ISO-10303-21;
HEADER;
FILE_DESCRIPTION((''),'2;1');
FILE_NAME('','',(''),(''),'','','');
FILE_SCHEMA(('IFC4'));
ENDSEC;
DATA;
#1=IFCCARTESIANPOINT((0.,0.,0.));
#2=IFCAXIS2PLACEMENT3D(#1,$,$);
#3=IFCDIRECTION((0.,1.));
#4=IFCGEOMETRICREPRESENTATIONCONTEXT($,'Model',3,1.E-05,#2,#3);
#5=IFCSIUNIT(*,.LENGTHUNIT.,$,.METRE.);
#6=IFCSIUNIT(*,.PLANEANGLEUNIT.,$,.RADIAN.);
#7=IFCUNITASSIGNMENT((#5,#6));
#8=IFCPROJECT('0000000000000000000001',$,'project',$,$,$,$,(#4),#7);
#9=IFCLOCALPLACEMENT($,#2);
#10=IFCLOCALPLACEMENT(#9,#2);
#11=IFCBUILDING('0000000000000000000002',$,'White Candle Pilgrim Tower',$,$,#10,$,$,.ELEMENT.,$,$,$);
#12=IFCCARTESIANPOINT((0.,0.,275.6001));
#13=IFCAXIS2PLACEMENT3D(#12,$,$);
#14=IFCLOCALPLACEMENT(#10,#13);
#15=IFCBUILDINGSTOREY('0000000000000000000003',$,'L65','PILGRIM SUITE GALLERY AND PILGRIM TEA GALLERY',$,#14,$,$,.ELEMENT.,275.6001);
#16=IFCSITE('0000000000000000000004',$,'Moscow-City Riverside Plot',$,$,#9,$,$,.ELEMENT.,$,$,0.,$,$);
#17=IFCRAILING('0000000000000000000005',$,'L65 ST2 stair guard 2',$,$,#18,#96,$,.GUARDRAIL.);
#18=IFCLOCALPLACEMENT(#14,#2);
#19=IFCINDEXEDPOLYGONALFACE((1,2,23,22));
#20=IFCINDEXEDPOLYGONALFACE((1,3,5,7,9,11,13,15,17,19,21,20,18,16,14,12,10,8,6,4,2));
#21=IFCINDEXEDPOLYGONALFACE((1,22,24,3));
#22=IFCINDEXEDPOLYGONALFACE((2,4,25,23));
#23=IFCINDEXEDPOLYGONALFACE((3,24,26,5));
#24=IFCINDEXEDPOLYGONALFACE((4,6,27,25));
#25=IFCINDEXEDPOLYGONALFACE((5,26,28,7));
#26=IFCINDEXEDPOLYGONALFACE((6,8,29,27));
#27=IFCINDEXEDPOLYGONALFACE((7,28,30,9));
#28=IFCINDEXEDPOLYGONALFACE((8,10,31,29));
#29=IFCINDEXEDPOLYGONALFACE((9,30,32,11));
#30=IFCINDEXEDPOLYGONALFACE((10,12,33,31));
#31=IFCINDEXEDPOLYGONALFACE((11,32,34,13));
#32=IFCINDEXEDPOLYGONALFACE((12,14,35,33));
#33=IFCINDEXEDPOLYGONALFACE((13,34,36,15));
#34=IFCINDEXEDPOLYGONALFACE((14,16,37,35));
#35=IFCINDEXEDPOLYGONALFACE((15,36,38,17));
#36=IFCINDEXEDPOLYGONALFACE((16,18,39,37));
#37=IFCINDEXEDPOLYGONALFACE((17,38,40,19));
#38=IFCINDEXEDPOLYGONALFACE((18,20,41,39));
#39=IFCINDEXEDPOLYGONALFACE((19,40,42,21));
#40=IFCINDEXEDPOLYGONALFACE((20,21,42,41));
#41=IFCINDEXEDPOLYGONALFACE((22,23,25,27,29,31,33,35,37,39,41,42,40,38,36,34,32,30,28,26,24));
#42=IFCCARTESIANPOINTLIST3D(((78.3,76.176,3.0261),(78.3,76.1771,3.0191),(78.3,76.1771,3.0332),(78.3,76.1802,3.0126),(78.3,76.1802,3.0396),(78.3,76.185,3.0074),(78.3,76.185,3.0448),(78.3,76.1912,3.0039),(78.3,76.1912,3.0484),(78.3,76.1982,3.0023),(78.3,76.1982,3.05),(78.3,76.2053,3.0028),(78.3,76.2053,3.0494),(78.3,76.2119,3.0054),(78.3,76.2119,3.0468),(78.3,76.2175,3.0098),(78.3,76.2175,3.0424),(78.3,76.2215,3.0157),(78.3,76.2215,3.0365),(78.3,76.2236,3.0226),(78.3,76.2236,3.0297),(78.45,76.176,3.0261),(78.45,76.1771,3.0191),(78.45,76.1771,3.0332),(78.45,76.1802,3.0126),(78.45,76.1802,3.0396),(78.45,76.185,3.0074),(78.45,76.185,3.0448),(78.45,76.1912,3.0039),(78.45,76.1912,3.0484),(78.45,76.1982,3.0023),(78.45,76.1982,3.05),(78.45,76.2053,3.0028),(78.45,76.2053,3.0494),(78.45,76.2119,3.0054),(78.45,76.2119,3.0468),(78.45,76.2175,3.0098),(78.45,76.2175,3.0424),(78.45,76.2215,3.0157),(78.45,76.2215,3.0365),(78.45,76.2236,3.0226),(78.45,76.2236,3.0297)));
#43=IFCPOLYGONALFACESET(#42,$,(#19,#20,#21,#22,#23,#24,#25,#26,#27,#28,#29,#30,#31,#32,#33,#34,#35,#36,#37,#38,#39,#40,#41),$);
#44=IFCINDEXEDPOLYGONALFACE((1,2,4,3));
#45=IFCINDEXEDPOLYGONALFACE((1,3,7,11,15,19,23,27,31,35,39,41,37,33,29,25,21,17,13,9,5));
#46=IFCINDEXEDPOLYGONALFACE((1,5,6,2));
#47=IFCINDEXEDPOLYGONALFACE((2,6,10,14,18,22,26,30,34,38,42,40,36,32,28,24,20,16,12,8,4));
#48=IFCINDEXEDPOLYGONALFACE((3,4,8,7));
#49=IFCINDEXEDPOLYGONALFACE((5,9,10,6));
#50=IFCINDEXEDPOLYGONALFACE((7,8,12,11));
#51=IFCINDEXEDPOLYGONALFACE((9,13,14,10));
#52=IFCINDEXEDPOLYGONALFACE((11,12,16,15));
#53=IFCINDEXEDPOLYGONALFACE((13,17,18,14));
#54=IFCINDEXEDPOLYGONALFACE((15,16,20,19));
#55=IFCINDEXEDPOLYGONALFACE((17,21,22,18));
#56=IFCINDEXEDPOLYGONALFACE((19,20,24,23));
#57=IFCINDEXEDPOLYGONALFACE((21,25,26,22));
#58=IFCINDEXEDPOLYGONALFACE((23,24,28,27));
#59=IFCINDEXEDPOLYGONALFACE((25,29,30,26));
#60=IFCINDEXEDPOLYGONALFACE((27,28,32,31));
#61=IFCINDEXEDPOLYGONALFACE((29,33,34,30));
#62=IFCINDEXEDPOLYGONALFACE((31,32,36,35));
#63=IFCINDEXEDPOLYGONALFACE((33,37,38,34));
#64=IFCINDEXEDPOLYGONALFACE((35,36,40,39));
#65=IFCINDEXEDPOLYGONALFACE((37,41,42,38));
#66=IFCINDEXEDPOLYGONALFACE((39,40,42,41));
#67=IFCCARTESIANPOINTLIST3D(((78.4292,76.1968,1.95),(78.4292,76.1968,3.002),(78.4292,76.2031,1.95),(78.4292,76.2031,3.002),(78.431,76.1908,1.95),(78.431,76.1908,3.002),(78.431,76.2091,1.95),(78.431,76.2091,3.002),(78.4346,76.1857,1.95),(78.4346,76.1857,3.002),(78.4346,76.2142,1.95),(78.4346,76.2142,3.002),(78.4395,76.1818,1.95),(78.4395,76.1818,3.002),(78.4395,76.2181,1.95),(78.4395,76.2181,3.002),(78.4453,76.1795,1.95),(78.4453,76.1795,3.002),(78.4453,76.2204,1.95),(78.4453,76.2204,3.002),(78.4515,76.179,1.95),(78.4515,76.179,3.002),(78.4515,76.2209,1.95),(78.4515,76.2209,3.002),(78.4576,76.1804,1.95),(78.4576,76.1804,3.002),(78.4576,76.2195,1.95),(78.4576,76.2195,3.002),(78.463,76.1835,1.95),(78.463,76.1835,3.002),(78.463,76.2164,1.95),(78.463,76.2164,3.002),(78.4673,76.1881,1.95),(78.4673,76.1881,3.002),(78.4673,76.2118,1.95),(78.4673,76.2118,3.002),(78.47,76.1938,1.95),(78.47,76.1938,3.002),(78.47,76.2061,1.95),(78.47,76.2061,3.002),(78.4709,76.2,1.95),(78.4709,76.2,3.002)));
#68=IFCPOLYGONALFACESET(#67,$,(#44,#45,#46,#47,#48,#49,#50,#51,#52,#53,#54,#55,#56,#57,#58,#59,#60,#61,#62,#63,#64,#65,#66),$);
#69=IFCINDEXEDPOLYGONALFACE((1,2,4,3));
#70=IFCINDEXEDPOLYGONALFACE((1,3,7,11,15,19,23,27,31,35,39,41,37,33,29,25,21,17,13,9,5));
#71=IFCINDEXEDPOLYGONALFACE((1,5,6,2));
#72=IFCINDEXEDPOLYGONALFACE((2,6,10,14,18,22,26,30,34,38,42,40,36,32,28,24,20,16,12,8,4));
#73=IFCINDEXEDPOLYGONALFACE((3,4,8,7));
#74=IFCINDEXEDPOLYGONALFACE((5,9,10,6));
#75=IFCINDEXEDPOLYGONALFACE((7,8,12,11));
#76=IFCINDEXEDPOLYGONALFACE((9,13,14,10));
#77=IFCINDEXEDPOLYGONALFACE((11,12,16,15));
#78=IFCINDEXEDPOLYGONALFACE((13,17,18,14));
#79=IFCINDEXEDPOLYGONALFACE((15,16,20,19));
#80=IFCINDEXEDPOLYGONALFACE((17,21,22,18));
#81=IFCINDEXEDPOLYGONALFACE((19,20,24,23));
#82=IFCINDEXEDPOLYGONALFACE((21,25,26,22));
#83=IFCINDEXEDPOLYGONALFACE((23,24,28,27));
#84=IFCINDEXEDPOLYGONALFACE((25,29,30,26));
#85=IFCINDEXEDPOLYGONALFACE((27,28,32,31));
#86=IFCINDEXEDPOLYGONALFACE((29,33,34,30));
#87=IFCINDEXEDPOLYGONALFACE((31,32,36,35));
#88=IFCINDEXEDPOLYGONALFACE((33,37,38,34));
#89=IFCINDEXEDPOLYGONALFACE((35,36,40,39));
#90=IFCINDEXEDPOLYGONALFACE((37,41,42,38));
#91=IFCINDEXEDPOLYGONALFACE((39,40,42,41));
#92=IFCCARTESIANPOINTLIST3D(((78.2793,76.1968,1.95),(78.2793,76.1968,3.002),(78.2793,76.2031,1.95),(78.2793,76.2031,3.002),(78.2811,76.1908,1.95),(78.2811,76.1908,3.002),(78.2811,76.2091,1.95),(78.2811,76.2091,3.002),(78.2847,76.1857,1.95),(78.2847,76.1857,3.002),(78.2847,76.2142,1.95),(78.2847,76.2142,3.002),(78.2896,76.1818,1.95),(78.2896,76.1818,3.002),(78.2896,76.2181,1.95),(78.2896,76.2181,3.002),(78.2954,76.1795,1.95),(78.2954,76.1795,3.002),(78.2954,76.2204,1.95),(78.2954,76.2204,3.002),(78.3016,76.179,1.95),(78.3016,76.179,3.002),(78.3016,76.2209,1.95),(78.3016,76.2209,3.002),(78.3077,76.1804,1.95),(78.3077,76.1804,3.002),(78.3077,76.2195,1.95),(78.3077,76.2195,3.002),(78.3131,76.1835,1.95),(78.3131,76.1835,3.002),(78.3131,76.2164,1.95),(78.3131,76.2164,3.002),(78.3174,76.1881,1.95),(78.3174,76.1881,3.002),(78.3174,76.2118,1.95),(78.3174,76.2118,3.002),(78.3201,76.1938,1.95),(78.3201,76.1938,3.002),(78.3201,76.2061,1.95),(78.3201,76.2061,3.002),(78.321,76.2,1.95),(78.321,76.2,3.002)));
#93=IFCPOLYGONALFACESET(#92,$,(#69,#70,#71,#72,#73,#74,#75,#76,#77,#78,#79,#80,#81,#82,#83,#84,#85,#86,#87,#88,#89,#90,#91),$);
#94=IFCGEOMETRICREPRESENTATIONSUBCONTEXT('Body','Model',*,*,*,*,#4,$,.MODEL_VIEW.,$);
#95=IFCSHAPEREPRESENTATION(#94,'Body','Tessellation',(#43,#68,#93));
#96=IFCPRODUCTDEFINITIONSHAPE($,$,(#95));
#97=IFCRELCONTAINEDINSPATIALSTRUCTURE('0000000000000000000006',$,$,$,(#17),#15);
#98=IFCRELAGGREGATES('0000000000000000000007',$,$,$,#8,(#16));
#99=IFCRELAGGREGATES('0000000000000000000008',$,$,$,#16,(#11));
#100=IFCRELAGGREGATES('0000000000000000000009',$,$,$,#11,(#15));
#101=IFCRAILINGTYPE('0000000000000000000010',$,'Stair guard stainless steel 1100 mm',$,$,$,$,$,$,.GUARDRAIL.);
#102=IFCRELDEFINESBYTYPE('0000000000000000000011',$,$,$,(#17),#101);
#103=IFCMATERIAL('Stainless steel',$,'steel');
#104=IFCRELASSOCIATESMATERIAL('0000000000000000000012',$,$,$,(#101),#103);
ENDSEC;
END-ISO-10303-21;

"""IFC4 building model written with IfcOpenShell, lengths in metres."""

from ifc_helpers import new_model, si_unit, direction, frame, origin, origin_2d, place, context, subcontext, project, spatial, circle, extrude, material, type_object, element, save


model = new_model("IFC4")

# Units and contexts
model_context = context("Model", 3, precision=1e-05, world=origin(), true_north=direction((0.0, 1.0)))
body_context = subcontext(model_context, "Body", "Model", "MODEL_VIEW")
ifc_project = project(units=[si_unit("LENGTHUNIT", "METRE"), si_unit("PLANEANGLEUNIT", "RADIAN")], contexts=[model_context])

# Site, building, storey
site_placement = place(None, origin())
site = spatial("IfcSite", under=ifc_project, at=site_placement, Name="Moscow-City Riverside Plot", CompositionType="ELEMENT", RefElevation=0.0)
building_placement = place(site_placement, origin())
building = spatial("IfcBuilding", under=site, at=building_placement, Name="White Candle Pilgrim Tower", CompositionType="ELEMENT")
storey_placement = place(building_placement, frame((0.0, 0.0, 275.6001)))
storey = spatial("IfcBuildingStorey", under=building, at=storey_placement, Name="L65", Description="PILGRIM SUITE GALLERY AND PILGRIM TEA GALLERY", CompositionType="ELEMENT", Elevation=275.6001)

# Railing
ifc_material_1 = material(Name="Stainless steel", Category="steel")
railing_type = type_object("IfcRailingType", Name="Stair guard stainless steel 1100 mm", PredefinedType="GUARDRAIL", material=ifc_material_1)
railing_1_placement = place(storey_placement, frame((78.45, 76.2, 1.95)))
element("IfcRailing", 1, at=railing_1_placement, inside=storey, type_object=railing_type, Name="L65 ST2 stair guard 2", PredefinedType="GUARDRAIL", context=body_context, shape_type="SweptSolid", body=[
    extrude(circle(Radius=0.0239, at=origin_2d()), frame((0.0, 0.0, 1.0762), z_axis=(-1.0, 0.0, 0.0), x_axis=(0.0, -1.0, 0.0)), (0.0, 0.0, 1.0), 0.1499),
    extrude(circle(Radius=0.021, at=origin_2d()), origin(), (0.0, 0.0, 1.0), 1.052),
    extrude(circle(Radius=0.021, at=origin_2d()), frame((-0.1499, 0.0, 0.0)), (0.0, 0.0, 1.0), 1.052),
])

save(model, "model.ifc")
